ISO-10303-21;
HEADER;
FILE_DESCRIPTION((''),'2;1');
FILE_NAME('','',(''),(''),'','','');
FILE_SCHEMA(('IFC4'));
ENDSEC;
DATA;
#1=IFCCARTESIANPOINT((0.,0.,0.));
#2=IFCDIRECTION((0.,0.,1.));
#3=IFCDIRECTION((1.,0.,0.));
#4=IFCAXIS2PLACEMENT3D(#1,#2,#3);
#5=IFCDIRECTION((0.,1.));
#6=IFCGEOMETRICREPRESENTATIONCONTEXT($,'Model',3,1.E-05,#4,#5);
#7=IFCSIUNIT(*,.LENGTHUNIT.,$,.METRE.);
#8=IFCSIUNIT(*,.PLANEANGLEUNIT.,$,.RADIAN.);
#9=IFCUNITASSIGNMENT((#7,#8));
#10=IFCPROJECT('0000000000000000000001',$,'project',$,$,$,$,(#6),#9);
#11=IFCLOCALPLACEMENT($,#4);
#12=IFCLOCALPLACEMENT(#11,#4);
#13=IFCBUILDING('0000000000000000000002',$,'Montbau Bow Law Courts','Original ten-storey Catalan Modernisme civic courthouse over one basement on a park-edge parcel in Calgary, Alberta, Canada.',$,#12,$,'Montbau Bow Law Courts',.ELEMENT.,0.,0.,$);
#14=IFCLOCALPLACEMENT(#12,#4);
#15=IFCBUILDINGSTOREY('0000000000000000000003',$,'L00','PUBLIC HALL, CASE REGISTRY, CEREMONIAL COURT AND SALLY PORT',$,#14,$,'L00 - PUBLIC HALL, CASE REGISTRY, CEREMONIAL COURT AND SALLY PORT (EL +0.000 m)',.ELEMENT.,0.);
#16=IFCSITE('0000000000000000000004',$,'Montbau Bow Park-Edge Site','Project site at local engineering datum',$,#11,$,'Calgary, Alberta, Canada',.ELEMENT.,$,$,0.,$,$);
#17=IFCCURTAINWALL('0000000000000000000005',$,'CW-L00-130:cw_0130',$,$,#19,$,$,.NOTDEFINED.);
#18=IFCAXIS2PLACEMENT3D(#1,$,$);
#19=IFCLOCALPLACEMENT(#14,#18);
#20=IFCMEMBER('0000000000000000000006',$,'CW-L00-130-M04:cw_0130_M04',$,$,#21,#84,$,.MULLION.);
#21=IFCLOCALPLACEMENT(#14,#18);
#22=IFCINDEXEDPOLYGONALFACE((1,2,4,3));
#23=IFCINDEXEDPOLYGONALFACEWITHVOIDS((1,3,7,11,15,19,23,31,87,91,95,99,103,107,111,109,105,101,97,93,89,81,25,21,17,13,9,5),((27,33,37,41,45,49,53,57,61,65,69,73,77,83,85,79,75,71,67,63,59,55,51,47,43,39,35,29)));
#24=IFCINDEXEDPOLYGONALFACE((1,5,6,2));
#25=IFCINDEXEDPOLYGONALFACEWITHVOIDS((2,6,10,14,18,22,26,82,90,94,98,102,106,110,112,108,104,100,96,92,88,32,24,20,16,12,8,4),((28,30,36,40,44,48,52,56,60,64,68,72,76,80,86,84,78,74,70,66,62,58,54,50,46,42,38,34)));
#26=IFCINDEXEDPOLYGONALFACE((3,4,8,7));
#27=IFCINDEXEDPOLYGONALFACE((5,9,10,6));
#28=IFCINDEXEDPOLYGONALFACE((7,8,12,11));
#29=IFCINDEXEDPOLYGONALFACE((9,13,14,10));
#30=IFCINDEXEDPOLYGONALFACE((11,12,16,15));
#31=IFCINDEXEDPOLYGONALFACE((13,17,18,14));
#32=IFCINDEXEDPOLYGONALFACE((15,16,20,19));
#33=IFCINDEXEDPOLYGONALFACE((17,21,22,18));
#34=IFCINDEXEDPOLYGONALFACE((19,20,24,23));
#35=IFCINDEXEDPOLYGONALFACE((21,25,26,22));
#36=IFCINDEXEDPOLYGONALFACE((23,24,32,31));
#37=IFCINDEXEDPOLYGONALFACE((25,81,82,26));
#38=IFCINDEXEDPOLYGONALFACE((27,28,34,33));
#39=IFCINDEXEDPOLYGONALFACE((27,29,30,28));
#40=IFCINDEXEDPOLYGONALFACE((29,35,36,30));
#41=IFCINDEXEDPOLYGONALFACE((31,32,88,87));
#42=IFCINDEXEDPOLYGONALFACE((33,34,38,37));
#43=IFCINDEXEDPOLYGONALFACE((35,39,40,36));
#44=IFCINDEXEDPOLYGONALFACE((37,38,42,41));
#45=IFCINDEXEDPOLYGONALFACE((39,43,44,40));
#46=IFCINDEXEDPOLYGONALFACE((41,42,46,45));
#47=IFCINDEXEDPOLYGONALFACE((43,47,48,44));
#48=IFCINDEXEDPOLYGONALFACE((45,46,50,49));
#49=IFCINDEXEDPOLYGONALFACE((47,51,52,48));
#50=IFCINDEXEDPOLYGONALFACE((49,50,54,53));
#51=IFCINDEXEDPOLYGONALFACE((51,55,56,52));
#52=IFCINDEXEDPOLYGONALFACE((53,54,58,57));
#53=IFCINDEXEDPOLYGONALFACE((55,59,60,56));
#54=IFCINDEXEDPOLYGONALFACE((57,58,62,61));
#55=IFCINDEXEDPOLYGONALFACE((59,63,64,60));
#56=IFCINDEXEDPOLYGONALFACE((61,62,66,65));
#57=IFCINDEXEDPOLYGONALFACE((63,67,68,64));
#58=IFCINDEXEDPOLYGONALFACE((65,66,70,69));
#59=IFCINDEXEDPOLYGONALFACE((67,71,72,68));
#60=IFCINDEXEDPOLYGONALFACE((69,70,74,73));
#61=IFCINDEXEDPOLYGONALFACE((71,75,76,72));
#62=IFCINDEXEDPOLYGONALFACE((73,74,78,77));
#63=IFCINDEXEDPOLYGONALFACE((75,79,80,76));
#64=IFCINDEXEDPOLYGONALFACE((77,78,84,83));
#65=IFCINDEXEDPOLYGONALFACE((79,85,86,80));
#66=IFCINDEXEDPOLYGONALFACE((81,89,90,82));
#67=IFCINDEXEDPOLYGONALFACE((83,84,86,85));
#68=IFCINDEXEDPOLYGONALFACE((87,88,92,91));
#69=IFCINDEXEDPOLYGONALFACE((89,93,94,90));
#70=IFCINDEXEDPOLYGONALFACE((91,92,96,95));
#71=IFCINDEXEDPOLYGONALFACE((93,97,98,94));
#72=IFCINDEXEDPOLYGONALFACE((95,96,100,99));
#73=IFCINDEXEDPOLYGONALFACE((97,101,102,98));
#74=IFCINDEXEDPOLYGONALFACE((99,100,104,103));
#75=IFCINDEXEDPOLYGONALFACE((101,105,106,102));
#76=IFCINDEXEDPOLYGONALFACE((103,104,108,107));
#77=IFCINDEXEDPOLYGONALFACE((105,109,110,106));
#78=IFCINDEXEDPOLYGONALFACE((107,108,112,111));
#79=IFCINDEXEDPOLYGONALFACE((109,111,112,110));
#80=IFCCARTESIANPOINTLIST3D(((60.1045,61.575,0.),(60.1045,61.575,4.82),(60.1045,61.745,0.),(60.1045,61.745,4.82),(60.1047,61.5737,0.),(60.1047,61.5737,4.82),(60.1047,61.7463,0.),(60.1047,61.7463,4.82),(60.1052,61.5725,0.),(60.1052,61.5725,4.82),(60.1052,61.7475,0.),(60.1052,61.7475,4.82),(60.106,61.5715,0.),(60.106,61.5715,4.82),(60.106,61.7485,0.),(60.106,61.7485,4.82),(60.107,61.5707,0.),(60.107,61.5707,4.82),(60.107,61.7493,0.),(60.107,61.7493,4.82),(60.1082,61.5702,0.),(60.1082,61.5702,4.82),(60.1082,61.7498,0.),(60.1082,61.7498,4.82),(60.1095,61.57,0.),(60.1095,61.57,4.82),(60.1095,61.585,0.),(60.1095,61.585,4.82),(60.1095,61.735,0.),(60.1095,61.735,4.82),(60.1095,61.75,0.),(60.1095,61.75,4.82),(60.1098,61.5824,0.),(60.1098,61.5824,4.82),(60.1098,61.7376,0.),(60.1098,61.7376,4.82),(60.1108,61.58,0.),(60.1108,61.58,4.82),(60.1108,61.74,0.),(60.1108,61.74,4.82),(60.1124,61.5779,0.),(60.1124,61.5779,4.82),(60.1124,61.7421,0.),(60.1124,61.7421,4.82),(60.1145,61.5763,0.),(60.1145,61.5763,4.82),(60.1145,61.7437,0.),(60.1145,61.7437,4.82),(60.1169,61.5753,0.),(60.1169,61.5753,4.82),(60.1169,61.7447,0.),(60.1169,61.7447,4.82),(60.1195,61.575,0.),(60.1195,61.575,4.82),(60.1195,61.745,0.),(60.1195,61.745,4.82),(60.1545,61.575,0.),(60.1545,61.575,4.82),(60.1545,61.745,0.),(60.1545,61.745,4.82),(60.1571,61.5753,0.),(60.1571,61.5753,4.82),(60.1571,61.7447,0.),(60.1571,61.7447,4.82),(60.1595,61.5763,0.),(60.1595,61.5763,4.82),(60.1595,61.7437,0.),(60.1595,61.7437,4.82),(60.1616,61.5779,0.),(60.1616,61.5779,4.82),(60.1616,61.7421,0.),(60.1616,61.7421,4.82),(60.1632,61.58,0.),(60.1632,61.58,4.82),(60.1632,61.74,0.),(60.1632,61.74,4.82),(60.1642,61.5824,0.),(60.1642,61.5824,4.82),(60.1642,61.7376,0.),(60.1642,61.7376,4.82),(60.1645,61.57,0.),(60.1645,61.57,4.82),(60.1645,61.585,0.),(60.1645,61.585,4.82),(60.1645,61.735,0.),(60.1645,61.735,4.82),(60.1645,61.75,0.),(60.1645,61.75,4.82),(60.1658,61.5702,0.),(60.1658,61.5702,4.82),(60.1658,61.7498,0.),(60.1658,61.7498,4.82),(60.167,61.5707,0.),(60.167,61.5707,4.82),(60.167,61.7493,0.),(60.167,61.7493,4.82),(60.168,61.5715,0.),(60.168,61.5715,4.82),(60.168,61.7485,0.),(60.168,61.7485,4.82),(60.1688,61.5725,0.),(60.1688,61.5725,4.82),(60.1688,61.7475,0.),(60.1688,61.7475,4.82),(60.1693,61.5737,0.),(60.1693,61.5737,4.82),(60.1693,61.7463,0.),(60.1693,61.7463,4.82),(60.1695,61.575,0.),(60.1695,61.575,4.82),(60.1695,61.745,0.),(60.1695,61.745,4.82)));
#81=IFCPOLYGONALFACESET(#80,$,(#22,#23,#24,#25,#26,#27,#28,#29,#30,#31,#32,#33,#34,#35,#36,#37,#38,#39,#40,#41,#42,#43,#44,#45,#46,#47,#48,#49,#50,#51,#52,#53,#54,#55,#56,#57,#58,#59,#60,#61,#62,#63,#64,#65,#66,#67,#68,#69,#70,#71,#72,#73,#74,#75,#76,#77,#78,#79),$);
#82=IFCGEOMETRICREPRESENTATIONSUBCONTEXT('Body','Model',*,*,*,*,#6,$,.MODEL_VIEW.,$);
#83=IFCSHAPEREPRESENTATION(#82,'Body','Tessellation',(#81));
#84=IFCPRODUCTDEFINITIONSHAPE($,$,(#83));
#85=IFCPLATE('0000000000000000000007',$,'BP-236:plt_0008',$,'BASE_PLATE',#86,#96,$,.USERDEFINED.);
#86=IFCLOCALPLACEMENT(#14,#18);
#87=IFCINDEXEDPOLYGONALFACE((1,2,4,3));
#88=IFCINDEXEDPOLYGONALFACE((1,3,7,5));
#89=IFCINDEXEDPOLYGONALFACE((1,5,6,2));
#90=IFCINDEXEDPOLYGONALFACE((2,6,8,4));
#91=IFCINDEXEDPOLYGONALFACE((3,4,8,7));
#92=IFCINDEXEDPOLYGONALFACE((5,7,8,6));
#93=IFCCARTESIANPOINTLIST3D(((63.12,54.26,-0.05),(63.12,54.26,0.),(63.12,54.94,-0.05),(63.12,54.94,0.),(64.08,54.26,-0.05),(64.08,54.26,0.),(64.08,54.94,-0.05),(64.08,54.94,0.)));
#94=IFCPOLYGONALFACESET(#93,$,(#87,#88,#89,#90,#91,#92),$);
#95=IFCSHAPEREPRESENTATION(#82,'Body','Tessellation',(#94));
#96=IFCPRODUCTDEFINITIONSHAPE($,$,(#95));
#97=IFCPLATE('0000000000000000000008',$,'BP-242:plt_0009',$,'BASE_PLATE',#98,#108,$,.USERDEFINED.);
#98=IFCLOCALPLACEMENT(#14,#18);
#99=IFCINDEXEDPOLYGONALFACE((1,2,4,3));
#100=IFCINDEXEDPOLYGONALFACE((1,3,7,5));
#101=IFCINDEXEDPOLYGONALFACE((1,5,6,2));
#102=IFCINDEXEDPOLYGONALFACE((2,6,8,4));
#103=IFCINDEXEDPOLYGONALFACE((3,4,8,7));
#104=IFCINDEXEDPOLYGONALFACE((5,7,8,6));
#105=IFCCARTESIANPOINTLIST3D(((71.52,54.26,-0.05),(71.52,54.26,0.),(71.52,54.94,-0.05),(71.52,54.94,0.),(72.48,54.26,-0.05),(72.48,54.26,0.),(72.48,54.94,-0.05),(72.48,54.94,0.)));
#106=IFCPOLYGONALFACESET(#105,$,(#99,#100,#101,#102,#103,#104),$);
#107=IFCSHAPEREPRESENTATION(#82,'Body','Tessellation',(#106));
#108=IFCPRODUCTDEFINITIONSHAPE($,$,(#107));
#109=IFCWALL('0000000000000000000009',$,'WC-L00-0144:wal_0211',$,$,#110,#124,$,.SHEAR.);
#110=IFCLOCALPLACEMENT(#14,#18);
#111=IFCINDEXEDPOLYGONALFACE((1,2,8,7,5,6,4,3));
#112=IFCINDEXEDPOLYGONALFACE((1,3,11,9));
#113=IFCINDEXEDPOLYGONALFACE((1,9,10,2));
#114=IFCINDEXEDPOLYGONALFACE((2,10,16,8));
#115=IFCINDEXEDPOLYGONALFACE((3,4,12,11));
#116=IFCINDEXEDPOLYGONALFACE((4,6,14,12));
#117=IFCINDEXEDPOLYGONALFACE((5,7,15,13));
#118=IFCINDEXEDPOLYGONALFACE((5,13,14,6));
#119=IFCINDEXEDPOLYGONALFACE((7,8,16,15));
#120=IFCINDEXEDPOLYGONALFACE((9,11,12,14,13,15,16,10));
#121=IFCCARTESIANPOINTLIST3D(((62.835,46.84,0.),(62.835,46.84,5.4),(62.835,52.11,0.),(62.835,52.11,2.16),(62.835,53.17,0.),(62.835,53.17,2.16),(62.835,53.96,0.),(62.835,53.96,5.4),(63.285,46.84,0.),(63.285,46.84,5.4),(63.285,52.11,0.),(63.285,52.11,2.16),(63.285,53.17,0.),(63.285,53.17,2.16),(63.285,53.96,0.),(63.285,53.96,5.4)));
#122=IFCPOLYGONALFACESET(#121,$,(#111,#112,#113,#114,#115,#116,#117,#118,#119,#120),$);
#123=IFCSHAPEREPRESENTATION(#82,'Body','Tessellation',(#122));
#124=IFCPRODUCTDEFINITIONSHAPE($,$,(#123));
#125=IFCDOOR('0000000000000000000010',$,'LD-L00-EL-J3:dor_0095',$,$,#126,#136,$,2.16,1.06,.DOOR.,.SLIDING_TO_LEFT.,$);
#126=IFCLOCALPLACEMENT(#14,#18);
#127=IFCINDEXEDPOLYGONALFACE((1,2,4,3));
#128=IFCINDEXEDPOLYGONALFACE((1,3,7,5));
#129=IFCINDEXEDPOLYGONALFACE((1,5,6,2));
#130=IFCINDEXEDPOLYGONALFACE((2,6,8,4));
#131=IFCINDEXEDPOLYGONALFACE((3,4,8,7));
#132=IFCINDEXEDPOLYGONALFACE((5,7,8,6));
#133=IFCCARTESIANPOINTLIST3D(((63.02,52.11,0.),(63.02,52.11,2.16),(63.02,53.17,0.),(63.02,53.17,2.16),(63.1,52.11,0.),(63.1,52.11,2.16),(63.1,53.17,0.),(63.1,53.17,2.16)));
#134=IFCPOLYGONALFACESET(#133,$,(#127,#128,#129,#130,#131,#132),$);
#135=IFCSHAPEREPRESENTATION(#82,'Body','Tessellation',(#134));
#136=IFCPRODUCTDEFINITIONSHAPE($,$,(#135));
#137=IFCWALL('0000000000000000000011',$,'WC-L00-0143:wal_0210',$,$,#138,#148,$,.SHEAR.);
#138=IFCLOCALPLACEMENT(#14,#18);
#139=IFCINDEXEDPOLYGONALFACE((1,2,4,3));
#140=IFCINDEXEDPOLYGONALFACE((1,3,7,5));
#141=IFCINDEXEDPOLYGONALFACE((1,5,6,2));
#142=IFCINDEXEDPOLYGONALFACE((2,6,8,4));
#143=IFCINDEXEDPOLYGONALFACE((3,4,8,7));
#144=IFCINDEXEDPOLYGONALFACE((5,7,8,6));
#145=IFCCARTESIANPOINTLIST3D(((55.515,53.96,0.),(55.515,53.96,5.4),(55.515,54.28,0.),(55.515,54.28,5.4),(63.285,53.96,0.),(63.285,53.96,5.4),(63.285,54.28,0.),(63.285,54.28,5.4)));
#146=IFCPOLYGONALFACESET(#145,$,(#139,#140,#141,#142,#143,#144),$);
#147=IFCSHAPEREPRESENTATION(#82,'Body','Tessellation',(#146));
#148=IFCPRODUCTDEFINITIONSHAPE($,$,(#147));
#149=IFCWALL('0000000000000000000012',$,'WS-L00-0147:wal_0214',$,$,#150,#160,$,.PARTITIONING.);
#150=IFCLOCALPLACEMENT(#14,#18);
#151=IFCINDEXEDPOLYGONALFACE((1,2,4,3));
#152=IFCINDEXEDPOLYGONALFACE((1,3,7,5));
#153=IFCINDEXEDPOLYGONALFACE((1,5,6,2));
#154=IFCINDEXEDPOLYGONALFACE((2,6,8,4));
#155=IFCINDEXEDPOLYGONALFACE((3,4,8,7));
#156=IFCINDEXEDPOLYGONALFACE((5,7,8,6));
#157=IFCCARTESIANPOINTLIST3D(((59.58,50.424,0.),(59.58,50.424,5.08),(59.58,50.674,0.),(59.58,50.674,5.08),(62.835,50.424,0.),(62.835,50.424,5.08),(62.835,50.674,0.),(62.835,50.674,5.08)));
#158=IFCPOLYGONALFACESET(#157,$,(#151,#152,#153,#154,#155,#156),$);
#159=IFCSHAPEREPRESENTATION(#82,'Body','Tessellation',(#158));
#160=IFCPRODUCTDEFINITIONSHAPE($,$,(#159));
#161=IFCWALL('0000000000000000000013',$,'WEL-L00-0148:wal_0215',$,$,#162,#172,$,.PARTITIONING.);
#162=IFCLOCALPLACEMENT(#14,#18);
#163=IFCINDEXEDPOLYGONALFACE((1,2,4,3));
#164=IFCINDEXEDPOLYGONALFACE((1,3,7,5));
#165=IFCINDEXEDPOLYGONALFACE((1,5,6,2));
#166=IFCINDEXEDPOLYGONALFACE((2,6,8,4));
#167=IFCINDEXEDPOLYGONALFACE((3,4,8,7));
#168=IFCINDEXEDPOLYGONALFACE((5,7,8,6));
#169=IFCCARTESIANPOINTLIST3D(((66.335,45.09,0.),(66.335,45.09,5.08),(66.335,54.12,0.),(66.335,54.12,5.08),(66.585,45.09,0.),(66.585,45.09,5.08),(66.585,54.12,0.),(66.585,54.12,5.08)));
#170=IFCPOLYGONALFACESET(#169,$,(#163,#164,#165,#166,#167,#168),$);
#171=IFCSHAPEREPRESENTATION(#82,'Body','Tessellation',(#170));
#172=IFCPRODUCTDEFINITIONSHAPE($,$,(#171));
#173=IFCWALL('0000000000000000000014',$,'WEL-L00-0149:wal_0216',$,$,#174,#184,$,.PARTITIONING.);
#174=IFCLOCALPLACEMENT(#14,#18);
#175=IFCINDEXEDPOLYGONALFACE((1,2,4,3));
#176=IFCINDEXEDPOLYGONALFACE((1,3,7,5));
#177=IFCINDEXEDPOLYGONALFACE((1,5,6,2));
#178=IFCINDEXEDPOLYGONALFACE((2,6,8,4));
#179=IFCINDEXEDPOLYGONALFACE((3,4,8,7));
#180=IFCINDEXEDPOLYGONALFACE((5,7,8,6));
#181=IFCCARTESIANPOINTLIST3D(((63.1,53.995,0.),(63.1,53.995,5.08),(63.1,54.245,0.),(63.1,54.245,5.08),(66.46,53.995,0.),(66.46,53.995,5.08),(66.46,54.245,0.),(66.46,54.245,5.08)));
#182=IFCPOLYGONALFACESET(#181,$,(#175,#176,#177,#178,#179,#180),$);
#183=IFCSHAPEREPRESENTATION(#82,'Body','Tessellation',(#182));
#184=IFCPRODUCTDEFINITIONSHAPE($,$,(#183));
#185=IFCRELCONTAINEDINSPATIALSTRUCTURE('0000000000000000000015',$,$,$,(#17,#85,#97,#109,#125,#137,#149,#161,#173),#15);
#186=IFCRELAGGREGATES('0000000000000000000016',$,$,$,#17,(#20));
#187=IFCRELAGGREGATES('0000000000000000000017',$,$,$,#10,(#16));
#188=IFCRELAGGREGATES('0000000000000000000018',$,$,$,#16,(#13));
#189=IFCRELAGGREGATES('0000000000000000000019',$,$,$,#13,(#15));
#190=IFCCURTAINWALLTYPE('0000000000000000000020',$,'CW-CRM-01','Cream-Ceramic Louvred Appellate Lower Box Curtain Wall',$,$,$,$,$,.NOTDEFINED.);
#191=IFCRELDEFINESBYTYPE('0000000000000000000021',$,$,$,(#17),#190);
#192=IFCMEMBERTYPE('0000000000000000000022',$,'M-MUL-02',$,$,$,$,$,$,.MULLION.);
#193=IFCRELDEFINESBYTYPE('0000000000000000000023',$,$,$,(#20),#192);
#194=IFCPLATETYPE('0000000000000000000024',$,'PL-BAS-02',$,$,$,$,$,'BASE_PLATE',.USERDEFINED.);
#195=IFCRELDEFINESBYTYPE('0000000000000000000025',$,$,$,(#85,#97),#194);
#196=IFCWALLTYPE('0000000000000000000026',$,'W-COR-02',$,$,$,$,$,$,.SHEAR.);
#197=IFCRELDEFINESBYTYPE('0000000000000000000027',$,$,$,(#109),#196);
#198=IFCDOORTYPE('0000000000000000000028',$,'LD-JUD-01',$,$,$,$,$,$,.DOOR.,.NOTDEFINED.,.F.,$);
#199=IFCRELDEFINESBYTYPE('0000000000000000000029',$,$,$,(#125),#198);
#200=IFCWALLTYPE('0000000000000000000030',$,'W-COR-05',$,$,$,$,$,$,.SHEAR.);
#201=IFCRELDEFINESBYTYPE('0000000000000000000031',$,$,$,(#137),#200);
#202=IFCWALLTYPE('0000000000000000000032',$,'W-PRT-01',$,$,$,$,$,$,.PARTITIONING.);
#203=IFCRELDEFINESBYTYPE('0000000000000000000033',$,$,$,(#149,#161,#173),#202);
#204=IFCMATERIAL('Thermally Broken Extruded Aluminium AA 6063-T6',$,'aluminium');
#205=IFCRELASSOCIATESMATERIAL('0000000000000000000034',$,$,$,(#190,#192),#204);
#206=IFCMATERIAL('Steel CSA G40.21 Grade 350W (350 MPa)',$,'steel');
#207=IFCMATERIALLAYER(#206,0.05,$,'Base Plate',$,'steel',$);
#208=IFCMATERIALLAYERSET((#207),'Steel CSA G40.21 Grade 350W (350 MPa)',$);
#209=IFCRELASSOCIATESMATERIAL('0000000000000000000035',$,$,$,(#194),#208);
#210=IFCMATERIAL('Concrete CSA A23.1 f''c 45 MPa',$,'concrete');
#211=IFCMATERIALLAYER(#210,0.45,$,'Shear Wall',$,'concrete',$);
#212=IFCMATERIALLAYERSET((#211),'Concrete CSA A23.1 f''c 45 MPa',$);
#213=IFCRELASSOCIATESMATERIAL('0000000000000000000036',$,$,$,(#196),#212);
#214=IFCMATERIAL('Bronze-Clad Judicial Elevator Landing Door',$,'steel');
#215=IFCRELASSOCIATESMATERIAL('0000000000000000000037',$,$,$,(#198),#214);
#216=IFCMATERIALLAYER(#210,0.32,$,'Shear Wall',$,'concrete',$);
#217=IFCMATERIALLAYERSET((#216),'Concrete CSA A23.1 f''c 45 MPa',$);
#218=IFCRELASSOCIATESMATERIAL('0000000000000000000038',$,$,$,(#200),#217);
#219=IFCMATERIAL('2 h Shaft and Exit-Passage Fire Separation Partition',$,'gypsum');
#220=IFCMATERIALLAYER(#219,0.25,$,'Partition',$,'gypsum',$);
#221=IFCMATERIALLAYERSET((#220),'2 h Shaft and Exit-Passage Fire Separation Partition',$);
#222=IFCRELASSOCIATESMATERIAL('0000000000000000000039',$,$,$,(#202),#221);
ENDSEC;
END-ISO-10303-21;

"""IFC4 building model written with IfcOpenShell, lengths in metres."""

from ifc_helpers import new_model, si_unit, direction, frame, frame_2d, origin_with_axes, origin_2d_with_axis, place, context, subcontext, project, spatial, rectangle, hollow_rectangle, extrude, material, layer, layer_set, material_profile, profile_set, type_object, element, fill, aggregate, save


model = new_model("IFC4")

# Units and contexts
model_context = context("Model", 3, precision=1e-05, world=origin_with_axes(), true_north=direction((0.0, 1.0)))
body_context = subcontext(model_context, "Body", "Model", "MODEL_VIEW")
ifc_project = project(units=[si_unit("LENGTHUNIT", "METRE"), si_unit("PLANEANGLEUNIT", "RADIAN")], contexts=[model_context])

# Site, building, storey
site_placement = place(None, origin_with_axes())
site = spatial("IfcSite", under=ifc_project, at=site_placement, Name="Montbau Bow Park-Edge Site", Description="Project site at local engineering datum", LongName="Calgary, Alberta, Canada", CompositionType="ELEMENT", RefElevation=0.0)
building_placement = place(site_placement, origin_with_axes())
building = spatial("IfcBuilding", under=site, at=building_placement, Name="Montbau Bow Law Courts", Description="Original ten-storey Catalan Modernisme civic courthouse over one basement on a park-edge parcel in Calgary, Alberta, Canada.", LongName="Montbau Bow Law Courts", CompositionType="ELEMENT", ElevationOfRefHeight=0.0, ElevationOfTerrain=0.0)
storey_placement = place(building_placement, origin_with_axes())
storey = spatial("IfcBuildingStorey", under=building, at=storey_placement, Name="L00", Description="PUBLIC HALL, CASE REGISTRY, CEREMONIAL COURT AND SALLY PORT", LongName="L00 - PUBLIC HALL, CASE REGISTRY, CEREMONIAL COURT AND SALLY PORT (EL +0.000 m)", CompositionType="ELEMENT", Elevation=0.0)

# Shared definitions
ifc_material_1 = material(Name="Steel CSA G40.21 Grade 350W (350 MPa)", Category="steel")

# Curtain wall, member
ifc_material_2 = material(Name="Thermally Broken Extruded Aluminium AA 6063-T6", Category="aluminium")
curtain_wall_type = type_object("IfcCurtainWallType", Name="CW-CRM-01", Description="Cream-Ceramic Louvred Appellate Lower Box Curtain Wall", PredefinedType="NOTDEFINED", material=ifc_material_2)
curtain_wall_placement = place(None, frame((55.715, 61.66, 0.0), z_axis=(0.0, 0.0, 1.0), x_axis=(1.0, 0.0, 0.0)))
curtain_wall = element("IfcCurtainWall", 1, at=curtain_wall_placement, inside=storey, type_object=curtain_wall_type, Name="CW-L00-130:cw_0130", PredefinedType="NOTDEFINED")
ifc_material_profile_1 = material_profile(ifc_material_2, hollow_rectangle(XDim=0.065, YDim=0.18, WallThickness=0.005, InnerFilletRadius=0.01, OuterFilletRadius=0.005, at=origin_2d_with_axis()), Name="CWM-180X65", Category="Main", Priority=0)
ifc_profile_set_1 = profile_set([ifc_material_profile_1], Name="Thermally Broken Extruded Aluminium AA 6063-T6")
member_type = type_object("IfcMemberType", Name="M-MUL-02", PredefinedType="MULLION", material=ifc_profile_set_1)
member_placement = place(None, frame((60.137, 61.66, 0.0), z_axis=(0.0, 0.0, 1.0), x_axis=(1.0, 0.0, 0.0)))
member = element("IfcMember", 2, at=member_placement, type_object=member_type, Name="CW-L00-130-M04:cw_0130_M04", PredefinedType="MULLION", context=body_context, shape_type="SweptSolid", body=[
    extrude(hollow_rectangle(XDim=0.065, YDim=0.18, WallThickness=0.005, InnerFilletRadius=0.01, OuterFilletRadius=0.005, at=origin_2d_with_axis()), origin_with_axes(), (0.0, 0.0, 1.0), 4.82),
])
aggregate(curtain_wall, [member])

# Plates
ifc_layer_1 = layer(ifc_material_1, 0.05, Name="Base Plate", Category="steel")
ifc_layer_set_1 = layer_set([ifc_layer_1], Name="Steel CSA G40.21 Grade 350W (350 MPa)")
plate_type = type_object("IfcPlateType", Name="PL-BAS-02", ElementType="BASE_PLATE", PredefinedType="USERDEFINED", material=ifc_layer_set_1)
for number, where, z_axis, x_axis, name in (
    (3, (63.6, 54.6, -0.05), (0.0, 0.0, 1.0), (1.0, 0.0, 0.0), "BP-236:plt_0008"),
    (4, (72.0, 54.6, -0.05), (0.0, 0.0, 1.0), (1.0, 0.0, 0.0), "BP-242:plt_0009"),
):
    element("IfcPlate", number, at=place(None, frame(where, z_axis=z_axis, x_axis=x_axis)), inside=storey, type_object=plate_type, Name=name, ObjectType="BASE_PLATE", PredefinedType="USERDEFINED", context=body_context, shape_type="SweptSolid", body=[
        extrude(rectangle(XDim=0.96, YDim=0.68, at=origin_2d_with_axis()), origin_with_axes(), (0.0, 0.0, 1.0), 0.05),
    ])

# Wall, opening, door
ifc_material_3 = material(Name="Concrete CSA A23.1 f'c 45 MPa", Category="concrete")
ifc_layer_2 = layer(ifc_material_3, 0.45, Name="Shear Wall", Category="concrete")
ifc_layer_set_2 = layer_set([ifc_layer_2], Name="Concrete CSA A23.1 f'c 45 MPa")
wall_type_1 = type_object("IfcWallType", Name="W-COR-02", PredefinedType="SHEAR", material=ifc_layer_set_2)
wall_1_placement = place(None, frame((63.06, 46.84, 0.0), z_axis=(0.0, 0.0, 1.0), x_axis=(0.0, 1.0, 0.0)))
wall_1 = element("IfcWall", 5, at=wall_1_placement, inside=storey, type_object=wall_type_1, Name="WC-L00-0144:wal_0211", PredefinedType="SHEAR", context=body_context, shape_type="SweptSolid", body=[
    extrude(rectangle(XDim=7.12, YDim=0.45, at=frame_2d((3.56, 0.0), x_axis=(1.0, 0.0))), origin_with_axes(), (0.0, 0.0, 1.0), 5.4),
])
opening_1_placement = place(None, frame((63.06, 52.64, 0.0), z_axis=(0.0, 0.0, 1.0), x_axis=(0.0, 1.0, 0.0)))
opening_1 = element("IfcOpeningElement", 6, at=opening_1_placement, cuts=wall_1, PredefinedType="OPENING", context=body_context, shape_type="SweptSolid", body=[
    extrude(rectangle(XDim=1.06, YDim=2.16, at=frame_2d((0.0, 1.08), x_axis=(1.0, 0.0))), frame((0.0, 0.235, 0.0), z_axis=(0.0, -1.0, 0.0), x_axis=(1.0, 0.0, 0.0)), (0.0, 0.0, 1.0), 0.47),
])
ifc_material_4 = material(Name="Bronze-Clad Judicial Elevator Landing Door", Category="steel")
door_type_1 = type_object("IfcDoorType", Name="LD-JUD-01", OperationType="NOTDEFINED", ParameterTakesPrecedence=False, PredefinedType="DOOR", material=ifc_material_4)
door_1_placement = place(None, frame((63.06, 52.64, 0.0), z_axis=(0.0, 0.0, 1.0), x_axis=(0.0, 1.0, 0.0)))
door_1 = element("IfcDoor", 7, at=door_1_placement, inside=storey, type_object=door_type_1, Name="LD-L00-EL-J3:dor_0095", OperationType="SLIDING_TO_LEFT", OverallHeight=2.16, OverallWidth=1.06, PredefinedType="DOOR", context=body_context, shape_type="SweptSolid", body=[
    extrude(rectangle(XDim=1.06, YDim=2.16, at=frame_2d((0.0, 1.08), x_axis=(1.0, 0.0))), frame((0.0, 0.04, 0.0), z_axis=(0.0, -1.0, 0.0), x_axis=(1.0, 0.0, 0.0)), (0.0, 0.0, 1.0), 0.08),
])
fill(opening_1, door_1)

# Walls
ifc_layer_3 = layer(ifc_material_3, 0.32, Name="Shear Wall", Category="concrete")
ifc_layer_set_3 = layer_set([ifc_layer_3], Name="Concrete CSA A23.1 f'c 45 MPa")
wall_type_2 = type_object("IfcWallType", Name="W-COR-05", PredefinedType="SHEAR", material=ifc_layer_set_3)
wall_2_placement = place(None, frame((63.285, 54.12, 0.0), z_axis=(0.0, 0.0, 1.0), x_axis=(-1.0, 0.0, 0.0)))
element("IfcWall", 8, at=wall_2_placement, inside=storey, type_object=wall_type_2, Name="WC-L00-0143:wal_0210", PredefinedType="SHEAR", context=body_context, shape_type="SweptSolid", body=[
    extrude(rectangle(XDim=7.77, YDim=0.32, at=frame_2d((3.885, 0.0), x_axis=(1.0, 0.0))), origin_with_axes(), (0.0, 0.0, 1.0), 5.4),
])
ifc_material_5 = material(Name="2 h Shaft and Exit-Passage Fire Separation Partition", Category="gypsum")
ifc_layer_4 = layer(ifc_material_5, 0.25, Name="Partition", Category="gypsum")
ifc_layer_set_4 = layer_set([ifc_layer_4], Name="2 h Shaft and Exit-Passage Fire Separation Partition")
wall_type_3 = type_object("IfcWallType", Name="W-PRT-01", PredefinedType="PARTITIONING", material=ifc_layer_set_4)
wall_3_placement = place(None, frame((59.58, 50.549, 0.0), z_axis=(0.0, 0.0, 1.0), x_axis=(1.0, 0.0, 0.0)))
element("IfcWall", 9, at=wall_3_placement, inside=storey, type_object=wall_type_3, Name="WS-L00-0147:wal_0214", PredefinedType="PARTITIONING", context=body_context, shape_type="SweptSolid", body=[
    extrude(rectangle(XDim=3.255, YDim=0.25, at=frame_2d((1.6275, 0.0), x_axis=(1.0, 0.0))), origin_with_axes(), (0.0, 0.0, 1.0), 5.08),
])
wall_4_placement = place(None, frame((66.46, 45.09, 0.0), z_axis=(0.0, 0.0, 1.0), x_axis=(0.0, 1.0, 0.0)))
element("IfcWall", 10, at=wall_4_placement, inside=storey, type_object=wall_type_3, Name="WEL-L00-0148:wal_0215", PredefinedType="PARTITIONING", context=body_context, shape_type="SweptSolid", body=[
    extrude(rectangle(XDim=9.03, YDim=0.25, at=frame_2d((4.515, 0.0), x_axis=(1.0, 0.0))), origin_with_axes(), (0.0, 0.0, 1.0), 5.08),
])
wall_5_placement = place(None, frame((63.1, 54.12, 0.0), z_axis=(0.0, 0.0, 1.0), x_axis=(1.0, 0.0, 0.0)))
element("IfcWall", 11, at=wall_5_placement, inside=storey, type_object=wall_type_3, Name="WEL-L00-0149:wal_0216", PredefinedType="PARTITIONING", context=body_context, shape_type="SweptSolid", body=[
    extrude(rectangle(XDim=3.36, YDim=0.25, at=frame_2d((1.68, 0.0), x_axis=(1.0, 0.0))), origin_with_axes(), (0.0, 0.0, 1.0), 5.08),
])

save(model, "model.ifc")
